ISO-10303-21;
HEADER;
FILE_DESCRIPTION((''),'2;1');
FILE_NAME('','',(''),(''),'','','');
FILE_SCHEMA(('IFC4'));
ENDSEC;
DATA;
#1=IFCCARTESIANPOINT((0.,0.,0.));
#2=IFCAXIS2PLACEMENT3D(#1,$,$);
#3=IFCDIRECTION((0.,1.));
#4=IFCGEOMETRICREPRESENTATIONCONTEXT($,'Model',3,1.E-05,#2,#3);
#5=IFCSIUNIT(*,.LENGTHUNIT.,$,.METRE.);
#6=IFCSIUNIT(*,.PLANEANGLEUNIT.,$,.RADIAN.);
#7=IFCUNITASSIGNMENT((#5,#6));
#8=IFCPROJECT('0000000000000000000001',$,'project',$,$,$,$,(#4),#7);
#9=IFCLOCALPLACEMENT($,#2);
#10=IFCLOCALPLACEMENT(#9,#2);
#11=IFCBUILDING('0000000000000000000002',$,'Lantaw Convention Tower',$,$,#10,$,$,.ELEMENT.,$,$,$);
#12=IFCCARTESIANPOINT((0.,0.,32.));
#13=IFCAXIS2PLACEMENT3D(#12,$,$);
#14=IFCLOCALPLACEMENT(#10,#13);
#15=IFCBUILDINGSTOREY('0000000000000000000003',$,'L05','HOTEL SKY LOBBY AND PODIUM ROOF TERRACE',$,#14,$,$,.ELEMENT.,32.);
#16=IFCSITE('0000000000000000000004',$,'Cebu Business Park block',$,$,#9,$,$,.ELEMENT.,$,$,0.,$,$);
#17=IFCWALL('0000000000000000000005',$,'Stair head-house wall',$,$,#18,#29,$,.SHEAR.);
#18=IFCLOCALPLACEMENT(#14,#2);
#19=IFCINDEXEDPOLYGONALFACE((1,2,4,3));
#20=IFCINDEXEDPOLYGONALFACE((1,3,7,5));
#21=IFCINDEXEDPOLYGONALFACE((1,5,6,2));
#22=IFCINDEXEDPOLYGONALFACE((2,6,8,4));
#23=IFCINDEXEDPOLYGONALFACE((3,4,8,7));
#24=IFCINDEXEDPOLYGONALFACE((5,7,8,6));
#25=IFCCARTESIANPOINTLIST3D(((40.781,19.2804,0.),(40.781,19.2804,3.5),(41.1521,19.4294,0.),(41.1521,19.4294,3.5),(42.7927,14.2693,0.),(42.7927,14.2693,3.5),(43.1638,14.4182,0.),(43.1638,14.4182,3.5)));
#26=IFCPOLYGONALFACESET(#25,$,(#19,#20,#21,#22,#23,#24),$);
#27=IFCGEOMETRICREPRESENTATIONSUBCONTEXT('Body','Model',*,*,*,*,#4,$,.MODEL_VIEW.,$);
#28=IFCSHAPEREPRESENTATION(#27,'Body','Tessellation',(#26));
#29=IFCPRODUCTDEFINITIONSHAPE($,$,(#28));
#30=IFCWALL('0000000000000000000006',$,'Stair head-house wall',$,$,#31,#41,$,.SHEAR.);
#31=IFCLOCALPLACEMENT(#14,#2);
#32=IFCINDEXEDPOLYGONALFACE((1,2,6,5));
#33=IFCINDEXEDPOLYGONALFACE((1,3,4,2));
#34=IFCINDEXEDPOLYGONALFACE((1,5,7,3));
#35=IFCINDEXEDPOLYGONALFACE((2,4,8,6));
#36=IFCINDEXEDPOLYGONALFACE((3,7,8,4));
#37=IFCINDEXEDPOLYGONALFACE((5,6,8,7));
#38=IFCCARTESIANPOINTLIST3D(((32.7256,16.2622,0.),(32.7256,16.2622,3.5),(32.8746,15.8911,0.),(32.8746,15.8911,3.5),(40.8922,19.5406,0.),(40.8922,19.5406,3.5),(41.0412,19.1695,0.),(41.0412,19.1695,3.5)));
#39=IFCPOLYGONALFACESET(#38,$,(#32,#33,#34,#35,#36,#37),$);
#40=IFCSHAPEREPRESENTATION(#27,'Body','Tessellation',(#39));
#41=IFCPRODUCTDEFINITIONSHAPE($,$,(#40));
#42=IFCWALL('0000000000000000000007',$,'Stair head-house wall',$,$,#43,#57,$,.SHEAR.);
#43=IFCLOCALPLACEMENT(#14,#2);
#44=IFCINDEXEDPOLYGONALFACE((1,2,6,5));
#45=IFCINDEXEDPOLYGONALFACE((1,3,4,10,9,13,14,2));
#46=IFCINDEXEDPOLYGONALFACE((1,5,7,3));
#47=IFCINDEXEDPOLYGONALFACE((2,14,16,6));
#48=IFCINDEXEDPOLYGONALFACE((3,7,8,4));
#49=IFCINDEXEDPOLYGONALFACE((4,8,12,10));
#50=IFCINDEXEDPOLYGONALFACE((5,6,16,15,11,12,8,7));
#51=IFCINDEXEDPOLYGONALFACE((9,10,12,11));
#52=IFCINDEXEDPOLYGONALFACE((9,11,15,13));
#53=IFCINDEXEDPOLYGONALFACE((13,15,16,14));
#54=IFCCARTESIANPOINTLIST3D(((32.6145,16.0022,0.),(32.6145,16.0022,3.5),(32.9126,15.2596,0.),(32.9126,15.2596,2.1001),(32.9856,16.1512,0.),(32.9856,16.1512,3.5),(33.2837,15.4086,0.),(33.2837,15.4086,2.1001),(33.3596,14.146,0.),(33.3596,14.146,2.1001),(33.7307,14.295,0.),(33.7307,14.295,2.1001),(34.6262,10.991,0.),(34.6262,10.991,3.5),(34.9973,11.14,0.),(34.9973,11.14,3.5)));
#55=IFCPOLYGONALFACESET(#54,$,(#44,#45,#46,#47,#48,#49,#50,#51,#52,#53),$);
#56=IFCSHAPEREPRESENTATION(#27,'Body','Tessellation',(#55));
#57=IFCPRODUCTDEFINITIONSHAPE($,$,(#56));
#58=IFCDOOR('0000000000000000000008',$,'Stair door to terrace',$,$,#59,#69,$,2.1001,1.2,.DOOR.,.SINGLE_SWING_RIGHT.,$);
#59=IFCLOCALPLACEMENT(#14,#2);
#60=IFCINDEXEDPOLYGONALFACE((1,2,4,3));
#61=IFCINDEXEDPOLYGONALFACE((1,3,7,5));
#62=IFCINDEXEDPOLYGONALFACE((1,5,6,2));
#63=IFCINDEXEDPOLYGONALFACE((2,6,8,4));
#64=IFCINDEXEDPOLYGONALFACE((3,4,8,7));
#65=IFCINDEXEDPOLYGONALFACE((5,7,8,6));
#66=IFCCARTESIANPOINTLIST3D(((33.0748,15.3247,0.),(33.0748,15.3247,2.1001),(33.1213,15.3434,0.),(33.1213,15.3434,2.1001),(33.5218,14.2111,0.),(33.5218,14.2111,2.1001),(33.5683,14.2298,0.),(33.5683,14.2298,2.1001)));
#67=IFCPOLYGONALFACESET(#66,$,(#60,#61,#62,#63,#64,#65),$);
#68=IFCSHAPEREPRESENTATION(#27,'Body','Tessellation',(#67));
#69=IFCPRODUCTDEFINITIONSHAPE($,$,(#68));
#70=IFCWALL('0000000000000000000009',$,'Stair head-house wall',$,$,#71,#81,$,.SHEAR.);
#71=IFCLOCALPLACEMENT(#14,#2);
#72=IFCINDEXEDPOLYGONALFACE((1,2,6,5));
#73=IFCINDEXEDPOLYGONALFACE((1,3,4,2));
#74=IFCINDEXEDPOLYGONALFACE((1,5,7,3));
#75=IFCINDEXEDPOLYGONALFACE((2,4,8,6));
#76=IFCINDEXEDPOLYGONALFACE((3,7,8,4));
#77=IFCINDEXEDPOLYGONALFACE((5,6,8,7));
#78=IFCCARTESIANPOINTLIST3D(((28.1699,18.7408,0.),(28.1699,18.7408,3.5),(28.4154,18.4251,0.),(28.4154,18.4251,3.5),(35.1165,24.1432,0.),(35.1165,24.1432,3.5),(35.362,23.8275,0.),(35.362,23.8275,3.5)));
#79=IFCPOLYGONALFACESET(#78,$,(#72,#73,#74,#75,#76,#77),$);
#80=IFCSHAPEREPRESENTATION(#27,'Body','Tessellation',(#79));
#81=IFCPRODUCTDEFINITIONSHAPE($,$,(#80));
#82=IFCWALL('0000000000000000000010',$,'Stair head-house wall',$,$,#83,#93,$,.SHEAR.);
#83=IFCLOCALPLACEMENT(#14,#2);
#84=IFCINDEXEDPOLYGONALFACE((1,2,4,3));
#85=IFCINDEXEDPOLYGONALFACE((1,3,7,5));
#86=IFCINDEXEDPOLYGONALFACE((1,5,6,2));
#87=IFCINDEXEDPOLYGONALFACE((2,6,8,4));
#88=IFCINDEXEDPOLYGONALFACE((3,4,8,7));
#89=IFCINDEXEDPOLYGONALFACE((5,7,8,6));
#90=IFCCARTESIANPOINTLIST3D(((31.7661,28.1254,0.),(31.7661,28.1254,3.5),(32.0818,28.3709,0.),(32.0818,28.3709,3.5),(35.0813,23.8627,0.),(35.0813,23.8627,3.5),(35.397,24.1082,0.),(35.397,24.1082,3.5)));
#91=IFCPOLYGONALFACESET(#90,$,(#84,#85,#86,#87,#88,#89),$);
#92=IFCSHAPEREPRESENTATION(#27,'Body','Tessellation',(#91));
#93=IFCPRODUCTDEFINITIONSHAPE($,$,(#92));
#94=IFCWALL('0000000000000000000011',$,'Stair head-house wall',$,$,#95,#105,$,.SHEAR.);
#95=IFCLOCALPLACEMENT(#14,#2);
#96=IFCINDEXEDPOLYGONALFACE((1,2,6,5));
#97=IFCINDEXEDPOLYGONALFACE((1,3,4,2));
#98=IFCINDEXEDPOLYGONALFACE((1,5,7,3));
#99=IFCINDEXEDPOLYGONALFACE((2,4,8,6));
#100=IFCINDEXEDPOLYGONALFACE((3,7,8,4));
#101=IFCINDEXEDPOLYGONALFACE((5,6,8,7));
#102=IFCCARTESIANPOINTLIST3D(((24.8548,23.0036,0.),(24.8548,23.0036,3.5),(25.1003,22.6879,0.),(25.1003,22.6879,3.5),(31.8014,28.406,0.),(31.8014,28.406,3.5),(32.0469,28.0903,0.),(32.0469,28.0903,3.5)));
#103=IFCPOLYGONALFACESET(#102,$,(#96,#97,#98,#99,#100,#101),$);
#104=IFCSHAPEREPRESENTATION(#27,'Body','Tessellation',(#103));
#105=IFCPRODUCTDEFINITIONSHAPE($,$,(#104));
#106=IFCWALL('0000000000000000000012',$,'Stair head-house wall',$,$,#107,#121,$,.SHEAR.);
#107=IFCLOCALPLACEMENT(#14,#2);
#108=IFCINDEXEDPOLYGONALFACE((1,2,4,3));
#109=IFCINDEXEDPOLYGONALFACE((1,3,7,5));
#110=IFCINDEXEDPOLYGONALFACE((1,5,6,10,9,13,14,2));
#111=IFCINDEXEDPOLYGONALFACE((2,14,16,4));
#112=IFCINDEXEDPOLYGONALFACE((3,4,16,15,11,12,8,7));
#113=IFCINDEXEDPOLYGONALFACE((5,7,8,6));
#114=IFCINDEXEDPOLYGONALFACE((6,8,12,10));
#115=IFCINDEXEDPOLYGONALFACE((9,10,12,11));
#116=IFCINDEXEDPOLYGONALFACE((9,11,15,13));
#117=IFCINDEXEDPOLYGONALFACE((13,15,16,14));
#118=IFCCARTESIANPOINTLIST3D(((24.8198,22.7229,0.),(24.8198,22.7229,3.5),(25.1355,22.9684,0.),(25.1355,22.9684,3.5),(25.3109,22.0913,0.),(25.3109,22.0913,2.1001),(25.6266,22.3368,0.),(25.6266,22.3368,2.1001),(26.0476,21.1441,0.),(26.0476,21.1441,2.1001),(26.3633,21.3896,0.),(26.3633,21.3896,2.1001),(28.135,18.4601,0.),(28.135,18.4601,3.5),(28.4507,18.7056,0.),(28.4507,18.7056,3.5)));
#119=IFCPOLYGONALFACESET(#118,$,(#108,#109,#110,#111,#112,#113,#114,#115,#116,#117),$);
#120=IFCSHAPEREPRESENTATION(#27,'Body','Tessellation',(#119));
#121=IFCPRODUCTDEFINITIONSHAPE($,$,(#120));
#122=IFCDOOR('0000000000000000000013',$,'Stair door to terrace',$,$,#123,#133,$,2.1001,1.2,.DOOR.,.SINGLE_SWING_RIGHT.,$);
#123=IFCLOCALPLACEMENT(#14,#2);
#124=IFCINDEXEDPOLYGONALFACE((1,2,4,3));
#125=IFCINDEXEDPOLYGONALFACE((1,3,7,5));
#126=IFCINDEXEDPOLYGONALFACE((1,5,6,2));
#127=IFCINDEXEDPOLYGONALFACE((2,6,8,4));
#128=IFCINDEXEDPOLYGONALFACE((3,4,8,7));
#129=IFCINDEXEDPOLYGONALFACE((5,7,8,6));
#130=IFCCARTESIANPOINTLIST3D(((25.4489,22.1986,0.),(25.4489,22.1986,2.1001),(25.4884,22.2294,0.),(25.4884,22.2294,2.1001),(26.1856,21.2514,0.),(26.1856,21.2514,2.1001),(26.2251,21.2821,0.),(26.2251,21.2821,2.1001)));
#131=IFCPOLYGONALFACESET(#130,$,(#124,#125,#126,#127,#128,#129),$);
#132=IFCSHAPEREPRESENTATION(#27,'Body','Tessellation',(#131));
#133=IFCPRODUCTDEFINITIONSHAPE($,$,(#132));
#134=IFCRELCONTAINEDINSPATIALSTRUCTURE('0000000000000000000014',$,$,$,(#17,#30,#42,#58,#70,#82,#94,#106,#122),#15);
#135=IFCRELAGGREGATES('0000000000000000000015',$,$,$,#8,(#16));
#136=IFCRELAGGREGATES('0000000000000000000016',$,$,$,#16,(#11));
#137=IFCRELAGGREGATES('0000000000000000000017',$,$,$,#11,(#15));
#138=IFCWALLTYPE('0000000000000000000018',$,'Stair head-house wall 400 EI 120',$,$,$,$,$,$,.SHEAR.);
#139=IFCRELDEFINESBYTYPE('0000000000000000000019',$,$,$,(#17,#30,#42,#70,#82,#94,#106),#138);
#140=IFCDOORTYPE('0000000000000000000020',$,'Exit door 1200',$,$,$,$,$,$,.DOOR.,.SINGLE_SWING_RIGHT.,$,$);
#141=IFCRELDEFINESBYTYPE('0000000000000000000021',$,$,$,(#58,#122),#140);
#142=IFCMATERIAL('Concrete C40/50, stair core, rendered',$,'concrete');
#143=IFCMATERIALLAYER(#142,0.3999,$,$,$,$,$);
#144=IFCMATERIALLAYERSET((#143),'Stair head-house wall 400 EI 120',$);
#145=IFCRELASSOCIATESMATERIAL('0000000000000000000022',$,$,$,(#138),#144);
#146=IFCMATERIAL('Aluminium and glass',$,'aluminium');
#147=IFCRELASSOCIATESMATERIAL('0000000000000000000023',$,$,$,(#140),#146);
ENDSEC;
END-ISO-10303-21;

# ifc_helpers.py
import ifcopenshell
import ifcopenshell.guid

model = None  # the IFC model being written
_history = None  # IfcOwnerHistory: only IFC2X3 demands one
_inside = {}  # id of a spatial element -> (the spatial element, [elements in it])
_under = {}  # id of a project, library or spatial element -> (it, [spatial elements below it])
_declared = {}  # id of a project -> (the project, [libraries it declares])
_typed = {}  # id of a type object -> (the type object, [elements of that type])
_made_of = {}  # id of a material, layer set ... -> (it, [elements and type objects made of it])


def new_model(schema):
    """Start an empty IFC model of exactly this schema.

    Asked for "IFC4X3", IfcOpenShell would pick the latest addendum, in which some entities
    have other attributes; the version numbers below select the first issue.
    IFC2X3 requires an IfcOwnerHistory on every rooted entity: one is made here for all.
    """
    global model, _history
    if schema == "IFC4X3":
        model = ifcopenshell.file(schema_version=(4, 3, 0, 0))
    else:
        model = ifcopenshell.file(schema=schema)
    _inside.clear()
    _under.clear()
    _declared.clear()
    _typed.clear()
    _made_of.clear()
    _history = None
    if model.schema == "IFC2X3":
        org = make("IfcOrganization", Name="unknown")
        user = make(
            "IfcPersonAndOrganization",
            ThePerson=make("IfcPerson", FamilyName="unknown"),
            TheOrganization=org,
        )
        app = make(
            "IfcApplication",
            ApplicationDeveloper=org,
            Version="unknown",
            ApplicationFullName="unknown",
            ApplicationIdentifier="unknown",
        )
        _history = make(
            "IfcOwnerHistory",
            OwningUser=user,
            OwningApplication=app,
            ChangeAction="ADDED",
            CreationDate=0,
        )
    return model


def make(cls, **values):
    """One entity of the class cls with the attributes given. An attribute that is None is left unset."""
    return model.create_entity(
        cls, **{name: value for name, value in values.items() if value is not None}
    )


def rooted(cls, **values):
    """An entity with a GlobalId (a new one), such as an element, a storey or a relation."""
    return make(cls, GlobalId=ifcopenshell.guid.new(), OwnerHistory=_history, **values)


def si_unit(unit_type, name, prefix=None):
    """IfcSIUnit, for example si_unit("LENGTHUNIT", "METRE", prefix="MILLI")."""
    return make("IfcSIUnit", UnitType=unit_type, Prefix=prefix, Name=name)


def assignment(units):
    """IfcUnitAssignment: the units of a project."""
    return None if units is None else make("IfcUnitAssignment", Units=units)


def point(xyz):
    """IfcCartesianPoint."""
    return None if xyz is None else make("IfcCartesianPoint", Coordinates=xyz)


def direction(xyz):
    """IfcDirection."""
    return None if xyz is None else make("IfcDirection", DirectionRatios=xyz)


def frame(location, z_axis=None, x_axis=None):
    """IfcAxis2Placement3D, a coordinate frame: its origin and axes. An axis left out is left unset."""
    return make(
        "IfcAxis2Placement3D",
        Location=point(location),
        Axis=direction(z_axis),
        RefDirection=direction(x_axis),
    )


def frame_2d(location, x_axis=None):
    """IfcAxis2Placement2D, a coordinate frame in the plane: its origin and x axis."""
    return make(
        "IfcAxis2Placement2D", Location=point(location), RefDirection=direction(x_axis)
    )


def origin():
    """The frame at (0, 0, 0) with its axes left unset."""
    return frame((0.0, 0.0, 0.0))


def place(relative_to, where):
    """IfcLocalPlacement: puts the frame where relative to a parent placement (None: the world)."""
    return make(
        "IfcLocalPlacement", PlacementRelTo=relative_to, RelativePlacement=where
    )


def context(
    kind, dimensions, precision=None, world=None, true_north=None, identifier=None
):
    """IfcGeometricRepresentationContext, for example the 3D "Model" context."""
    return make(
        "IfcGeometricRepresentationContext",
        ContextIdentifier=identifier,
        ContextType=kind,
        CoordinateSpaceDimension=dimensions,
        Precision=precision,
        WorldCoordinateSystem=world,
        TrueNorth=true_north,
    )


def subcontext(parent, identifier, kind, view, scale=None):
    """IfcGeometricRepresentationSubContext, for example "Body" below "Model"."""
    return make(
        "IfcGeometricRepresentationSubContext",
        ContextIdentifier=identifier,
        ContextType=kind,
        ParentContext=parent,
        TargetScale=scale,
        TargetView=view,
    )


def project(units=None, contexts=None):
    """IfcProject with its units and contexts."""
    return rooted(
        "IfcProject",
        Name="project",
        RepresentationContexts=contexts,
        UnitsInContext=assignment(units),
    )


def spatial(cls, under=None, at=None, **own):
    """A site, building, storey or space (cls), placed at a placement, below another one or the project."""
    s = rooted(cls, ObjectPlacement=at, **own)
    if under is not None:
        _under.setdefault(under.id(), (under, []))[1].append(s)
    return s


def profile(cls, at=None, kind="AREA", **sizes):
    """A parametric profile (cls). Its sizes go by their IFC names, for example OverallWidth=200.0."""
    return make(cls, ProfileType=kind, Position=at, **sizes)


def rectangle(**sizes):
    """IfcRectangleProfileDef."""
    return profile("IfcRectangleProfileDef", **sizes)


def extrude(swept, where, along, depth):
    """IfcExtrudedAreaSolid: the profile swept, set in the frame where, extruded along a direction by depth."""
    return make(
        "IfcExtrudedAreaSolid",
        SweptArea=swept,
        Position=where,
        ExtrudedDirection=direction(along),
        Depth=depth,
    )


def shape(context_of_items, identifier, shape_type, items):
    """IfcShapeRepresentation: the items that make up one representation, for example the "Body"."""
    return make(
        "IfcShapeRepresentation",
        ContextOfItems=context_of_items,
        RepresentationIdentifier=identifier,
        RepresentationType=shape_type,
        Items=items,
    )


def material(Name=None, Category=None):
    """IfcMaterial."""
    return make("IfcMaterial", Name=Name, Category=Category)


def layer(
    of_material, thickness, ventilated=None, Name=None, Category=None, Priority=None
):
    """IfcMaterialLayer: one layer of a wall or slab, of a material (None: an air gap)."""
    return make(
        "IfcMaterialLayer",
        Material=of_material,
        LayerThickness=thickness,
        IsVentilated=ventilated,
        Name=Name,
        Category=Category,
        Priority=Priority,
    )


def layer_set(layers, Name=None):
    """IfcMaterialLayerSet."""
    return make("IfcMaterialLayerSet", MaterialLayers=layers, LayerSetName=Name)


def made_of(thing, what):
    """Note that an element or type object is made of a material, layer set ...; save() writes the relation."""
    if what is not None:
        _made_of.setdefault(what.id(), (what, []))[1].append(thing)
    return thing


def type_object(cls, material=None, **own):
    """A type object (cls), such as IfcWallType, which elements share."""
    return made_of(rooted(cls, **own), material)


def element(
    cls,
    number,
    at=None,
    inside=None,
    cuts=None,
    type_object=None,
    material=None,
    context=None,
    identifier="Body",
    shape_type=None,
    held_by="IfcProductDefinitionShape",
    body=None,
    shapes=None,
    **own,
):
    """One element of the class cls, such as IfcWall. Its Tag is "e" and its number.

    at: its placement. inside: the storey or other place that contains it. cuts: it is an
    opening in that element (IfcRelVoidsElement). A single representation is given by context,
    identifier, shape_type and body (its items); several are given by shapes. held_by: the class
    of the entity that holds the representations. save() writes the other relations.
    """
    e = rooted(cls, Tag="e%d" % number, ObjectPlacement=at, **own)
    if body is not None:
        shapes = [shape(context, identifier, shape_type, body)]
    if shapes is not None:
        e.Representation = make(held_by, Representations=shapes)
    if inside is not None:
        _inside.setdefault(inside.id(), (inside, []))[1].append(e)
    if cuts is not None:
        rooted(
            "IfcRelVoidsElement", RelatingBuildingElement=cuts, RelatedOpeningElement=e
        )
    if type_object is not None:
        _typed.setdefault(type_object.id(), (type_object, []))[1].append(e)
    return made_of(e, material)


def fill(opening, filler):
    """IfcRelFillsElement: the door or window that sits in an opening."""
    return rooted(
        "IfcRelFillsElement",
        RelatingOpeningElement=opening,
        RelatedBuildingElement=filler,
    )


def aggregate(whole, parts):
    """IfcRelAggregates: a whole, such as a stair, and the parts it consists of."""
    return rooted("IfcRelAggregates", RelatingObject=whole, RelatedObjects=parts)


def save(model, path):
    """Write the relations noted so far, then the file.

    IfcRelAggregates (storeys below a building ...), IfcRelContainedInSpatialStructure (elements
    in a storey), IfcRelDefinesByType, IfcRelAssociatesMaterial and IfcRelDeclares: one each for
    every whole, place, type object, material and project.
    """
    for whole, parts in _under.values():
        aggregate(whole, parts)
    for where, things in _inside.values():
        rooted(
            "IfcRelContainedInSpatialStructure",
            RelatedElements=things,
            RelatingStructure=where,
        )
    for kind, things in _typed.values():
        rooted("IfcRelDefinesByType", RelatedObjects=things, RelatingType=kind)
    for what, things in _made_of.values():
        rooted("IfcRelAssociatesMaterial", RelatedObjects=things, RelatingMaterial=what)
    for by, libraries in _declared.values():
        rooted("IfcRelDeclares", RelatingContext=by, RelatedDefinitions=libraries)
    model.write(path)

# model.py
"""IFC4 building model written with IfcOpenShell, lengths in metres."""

from ifc_helpers import new_model, si_unit, direction, frame, frame_2d, origin, place, context, subcontext, project, spatial, rectangle, extrude, material, layer, layer_set, type_object, element, fill, save


model = new_model("IFC4")

# Units and contexts
model_context = context("Model", 3, precision=1e-05, world=origin(), true_north=direction((0.0, 1.0)))
body_context = subcontext(model_context, "Body", "Model", "MODEL_VIEW")
ifc_project = project(units=[si_unit("LENGTHUNIT", "METRE"), si_unit("PLANEANGLEUNIT", "RADIAN")], contexts=[model_context])

# Site, building, storey
site_placement = place(None, origin())
site = spatial("IfcSite", under=ifc_project, at=site_placement, Name="Cebu Business Park block", CompositionType="ELEMENT", RefElevation=0.0)
building_placement = place(site_placement, origin())
building = spatial("IfcBuilding", under=site, at=building_placement, Name="Lantaw Convention Tower", CompositionType="ELEMENT")
storey_placement = place(building_placement, frame((0.0, 0.0, 32.0)))
storey = spatial("IfcBuildingStorey", under=building, at=storey_placement, Name="L05", Description="HOTEL SKY LOBBY AND PODIUM ROOF TERRACE", CompositionType="ELEMENT", Elevation=32.0)

# Walls
ifc_material_1 = material(Name="Concrete C40/50, stair core, rendered", Category="concrete")
ifc_layer = layer(ifc_material_1, 0.3999)
ifc_layer_set = layer_set([ifc_layer], Name="Stair head-house wall 400 EI 120")
wall_type = type_object("IfcWallType", Name="Stair head-house wall 400 EI 120", PredefinedType="SHEAR", material=ifc_layer_set)
wall_1_placement = place(storey_placement, frame((42.9783, 14.3438, 0.0), z_axis=(0.0, 0.0, 1.0), x_axis=(-0.372544, 0.928015, 0.0)))
element("IfcWall", 1, at=wall_1_placement, inside=storey, type_object=wall_type, Name="Stair head-house wall", PredefinedType="SHEAR", context=body_context, shape_type="SweptSolid", body=[
    extrude(rectangle(XDim=5.3999, YDim=0.3999, at=frame_2d((2.7, 0.0))), origin(), (0.0, 0.0, 1.0), 3.5),
])
wall_2_placement = place(storey_placement, frame((40.9666, 19.355, 0.0), z_axis=(0.0, 0.0, 1.0), x_axis=(-0.928017, -0.372538, 0.0)))
element("IfcWall", 2, at=wall_2_placement, inside=storey, type_object=wall_type, Name="Stair head-house wall", PredefinedType="SHEAR", context=body_context, shape_type="SweptSolid", body=[
    extrude(rectangle(XDim=8.8, YDim=0.3999, at=frame_2d((4.3999, 0.0))), origin(), (0.0, 0.0, 1.0), 3.5),
])

# Wall, opening, door
wall_3_placement = place(storey_placement, frame((32.8, 16.0767, 0.0), z_axis=(0.0, 0.0, 1.0), x_axis=(0.372544, -0.928015, 0.0)))
wall_3 = element("IfcWall", 3, at=wall_3_placement, inside=storey, type_object=wall_type, Name="Stair head-house wall", PredefinedType="SHEAR", context=body_context, shape_type="SweptSolid", body=[
    extrude(rectangle(XDim=5.3999, YDim=0.3999, at=frame_2d((2.7, 0.0))), origin(), (0.0, 0.0, 1.0), 3.5),
])
opening_1_placement = place(wall_3_placement, frame((0.8, 0.0, 0.0)))
opening_1 = element("IfcOpeningElement", 4, at=opening_1_placement, cuts=wall_3, PredefinedType="OPENING", context=body_context, shape_type="SweptSolid", body=[
    extrude(rectangle(XDim=1.2, YDim=2.1001, at=frame_2d((0.6001, 1.05))), frame((0.0, 0.21, 0.0), z_axis=(0.0, -1.0, 0.0), x_axis=(1.0, 0.0, 0.0)), (0.0, 0.0, 1.0), 0.4199),
])
ifc_material_2 = material(Name="Aluminium and glass", Category="aluminium")
door_type = type_object("IfcDoorType", Name="Exit door 1200", OperationType="SINGLE_SWING_RIGHT", PredefinedType="DOOR", material=ifc_material_2)
door_1_placement = place(opening_1_placement, origin())
door_1 = element("IfcDoor", 5, at=door_1_placement, inside=storey, type_object=door_type, Name="Stair door to terrace", OperationType="SINGLE_SWING_RIGHT", OverallHeight=2.1001, OverallWidth=1.2, PredefinedType="DOOR", context=body_context, shape_type="SweptSolid", body=[
    extrude(rectangle(XDim=1.2, YDim=2.1001, at=frame_2d((0.6001, 1.05))), frame((0.0, 0.0249, 0.0), z_axis=(0.0, -1.0, 0.0), x_axis=(1.0, 0.0, 0.0)), (0.0, 0.0, 1.0), 0.05),
])
fill(opening_1, door_1)

# Walls
wall_4_placement = place(storey_placement, frame((28.2927, 18.583, 0.0), z_axis=(0.0, 0.0, 1.0), x_axis=(0.789381, 0.613904, 0.0)))
element("IfcWall", 6, at=wall_4_placement, inside=storey, type_object=wall_type, Name="Stair head-house wall", PredefinedType="SHEAR", context=body_context, shape_type="SweptSolid", body=[
    extrude(rectangle(XDim=8.8, YDim=0.3999, at=frame_2d((4.3999, 0.0))), origin(), (0.0, 0.0, 1.0), 3.5),
])
wall_5_placement = place(storey_placement, frame((35.2393, 23.9854, 0.0), z_axis=(0.0, 0.0, 1.0), x_axis=(-0.613912, 0.789374, 0.0)))
element("IfcWall", 7, at=wall_5_placement, inside=storey, type_object=wall_type, Name="Stair head-house wall", PredefinedType="SHEAR", context=body_context, shape_type="SweptSolid", body=[
    extrude(rectangle(XDim=5.4001, YDim=0.3999, at=frame_2d((2.7002, 0.0))), origin(), (0.0, 0.0, 1.0), 3.5),
])
wall_6_placement = place(storey_placement, frame((31.9241, 28.248, 0.0), z_axis=(0.0, 0.0, 1.0), x_axis=(-0.789381, -0.613904, 0.0)))
element("IfcWall", 8, at=wall_6_placement, inside=storey, type_object=wall_type, Name="Stair head-house wall", PredefinedType="SHEAR", context=body_context, shape_type="SweptSolid", body=[
    extrude(rectangle(XDim=8.8, YDim=0.3999, at=frame_2d((4.3999, 0.0))), origin(), (0.0, 0.0, 1.0), 3.5),
])

# Wall, opening, door
wall_7_placement = place(storey_placement, frame((24.9775, 22.8457, 0.0), z_axis=(0.0, 0.0, 1.0), x_axis=(0.613912, -0.789374, 0.0)))
wall_7 = element("IfcWall", 9, at=wall_7_placement, inside=storey, type_object=wall_type, Name="Stair head-house wall", PredefinedType="SHEAR", context=body_context, shape_type="SweptSolid", body=[
    extrude(rectangle(XDim=5.4001, YDim=0.3999, at=frame_2d((2.7002, 0.0))), origin(), (0.0, 0.0, 1.0), 3.5),
])
opening_2_placement = place(wall_7_placement, frame((0.8, 0.0, 0.0)))
opening_2 = element("IfcOpeningElement", 10, at=opening_2_placement, cuts=wall_7, PredefinedType="OPENING", context=body_context, shape_type="SweptSolid", body=[
    extrude(rectangle(XDim=1.2, YDim=2.1001, at=frame_2d((0.6001, 1.05))), frame((0.0, 0.21, 0.0), z_axis=(0.0, -1.0, 0.0), x_axis=(1.0, 0.0, 0.0)), (0.0, 0.0, 1.0), 0.4199),
])
door_2_placement = place(opening_2_placement, origin())
door_2 = element("IfcDoor", 11, at=door_2_placement, inside=storey, type_object=door_type, Name="Stair door to terrace", OperationType="SINGLE_SWING_RIGHT", OverallHeight=2.1001, OverallWidth=1.2, PredefinedType="DOOR", context=body_context, shape_type="SweptSolid", body=[
    extrude(rectangle(XDim=1.2, YDim=2.1001, at=frame_2d((0.6001, 1.05))), frame((0.0, 0.0249, 0.0), z_axis=(0.0, -1.0, 0.0), x_axis=(1.0, 0.0, 0.0)), (0.0, 0.0, 1.0), 0.05),
])
fill(opening_2, door_2)

save(model, "model.ifc")
